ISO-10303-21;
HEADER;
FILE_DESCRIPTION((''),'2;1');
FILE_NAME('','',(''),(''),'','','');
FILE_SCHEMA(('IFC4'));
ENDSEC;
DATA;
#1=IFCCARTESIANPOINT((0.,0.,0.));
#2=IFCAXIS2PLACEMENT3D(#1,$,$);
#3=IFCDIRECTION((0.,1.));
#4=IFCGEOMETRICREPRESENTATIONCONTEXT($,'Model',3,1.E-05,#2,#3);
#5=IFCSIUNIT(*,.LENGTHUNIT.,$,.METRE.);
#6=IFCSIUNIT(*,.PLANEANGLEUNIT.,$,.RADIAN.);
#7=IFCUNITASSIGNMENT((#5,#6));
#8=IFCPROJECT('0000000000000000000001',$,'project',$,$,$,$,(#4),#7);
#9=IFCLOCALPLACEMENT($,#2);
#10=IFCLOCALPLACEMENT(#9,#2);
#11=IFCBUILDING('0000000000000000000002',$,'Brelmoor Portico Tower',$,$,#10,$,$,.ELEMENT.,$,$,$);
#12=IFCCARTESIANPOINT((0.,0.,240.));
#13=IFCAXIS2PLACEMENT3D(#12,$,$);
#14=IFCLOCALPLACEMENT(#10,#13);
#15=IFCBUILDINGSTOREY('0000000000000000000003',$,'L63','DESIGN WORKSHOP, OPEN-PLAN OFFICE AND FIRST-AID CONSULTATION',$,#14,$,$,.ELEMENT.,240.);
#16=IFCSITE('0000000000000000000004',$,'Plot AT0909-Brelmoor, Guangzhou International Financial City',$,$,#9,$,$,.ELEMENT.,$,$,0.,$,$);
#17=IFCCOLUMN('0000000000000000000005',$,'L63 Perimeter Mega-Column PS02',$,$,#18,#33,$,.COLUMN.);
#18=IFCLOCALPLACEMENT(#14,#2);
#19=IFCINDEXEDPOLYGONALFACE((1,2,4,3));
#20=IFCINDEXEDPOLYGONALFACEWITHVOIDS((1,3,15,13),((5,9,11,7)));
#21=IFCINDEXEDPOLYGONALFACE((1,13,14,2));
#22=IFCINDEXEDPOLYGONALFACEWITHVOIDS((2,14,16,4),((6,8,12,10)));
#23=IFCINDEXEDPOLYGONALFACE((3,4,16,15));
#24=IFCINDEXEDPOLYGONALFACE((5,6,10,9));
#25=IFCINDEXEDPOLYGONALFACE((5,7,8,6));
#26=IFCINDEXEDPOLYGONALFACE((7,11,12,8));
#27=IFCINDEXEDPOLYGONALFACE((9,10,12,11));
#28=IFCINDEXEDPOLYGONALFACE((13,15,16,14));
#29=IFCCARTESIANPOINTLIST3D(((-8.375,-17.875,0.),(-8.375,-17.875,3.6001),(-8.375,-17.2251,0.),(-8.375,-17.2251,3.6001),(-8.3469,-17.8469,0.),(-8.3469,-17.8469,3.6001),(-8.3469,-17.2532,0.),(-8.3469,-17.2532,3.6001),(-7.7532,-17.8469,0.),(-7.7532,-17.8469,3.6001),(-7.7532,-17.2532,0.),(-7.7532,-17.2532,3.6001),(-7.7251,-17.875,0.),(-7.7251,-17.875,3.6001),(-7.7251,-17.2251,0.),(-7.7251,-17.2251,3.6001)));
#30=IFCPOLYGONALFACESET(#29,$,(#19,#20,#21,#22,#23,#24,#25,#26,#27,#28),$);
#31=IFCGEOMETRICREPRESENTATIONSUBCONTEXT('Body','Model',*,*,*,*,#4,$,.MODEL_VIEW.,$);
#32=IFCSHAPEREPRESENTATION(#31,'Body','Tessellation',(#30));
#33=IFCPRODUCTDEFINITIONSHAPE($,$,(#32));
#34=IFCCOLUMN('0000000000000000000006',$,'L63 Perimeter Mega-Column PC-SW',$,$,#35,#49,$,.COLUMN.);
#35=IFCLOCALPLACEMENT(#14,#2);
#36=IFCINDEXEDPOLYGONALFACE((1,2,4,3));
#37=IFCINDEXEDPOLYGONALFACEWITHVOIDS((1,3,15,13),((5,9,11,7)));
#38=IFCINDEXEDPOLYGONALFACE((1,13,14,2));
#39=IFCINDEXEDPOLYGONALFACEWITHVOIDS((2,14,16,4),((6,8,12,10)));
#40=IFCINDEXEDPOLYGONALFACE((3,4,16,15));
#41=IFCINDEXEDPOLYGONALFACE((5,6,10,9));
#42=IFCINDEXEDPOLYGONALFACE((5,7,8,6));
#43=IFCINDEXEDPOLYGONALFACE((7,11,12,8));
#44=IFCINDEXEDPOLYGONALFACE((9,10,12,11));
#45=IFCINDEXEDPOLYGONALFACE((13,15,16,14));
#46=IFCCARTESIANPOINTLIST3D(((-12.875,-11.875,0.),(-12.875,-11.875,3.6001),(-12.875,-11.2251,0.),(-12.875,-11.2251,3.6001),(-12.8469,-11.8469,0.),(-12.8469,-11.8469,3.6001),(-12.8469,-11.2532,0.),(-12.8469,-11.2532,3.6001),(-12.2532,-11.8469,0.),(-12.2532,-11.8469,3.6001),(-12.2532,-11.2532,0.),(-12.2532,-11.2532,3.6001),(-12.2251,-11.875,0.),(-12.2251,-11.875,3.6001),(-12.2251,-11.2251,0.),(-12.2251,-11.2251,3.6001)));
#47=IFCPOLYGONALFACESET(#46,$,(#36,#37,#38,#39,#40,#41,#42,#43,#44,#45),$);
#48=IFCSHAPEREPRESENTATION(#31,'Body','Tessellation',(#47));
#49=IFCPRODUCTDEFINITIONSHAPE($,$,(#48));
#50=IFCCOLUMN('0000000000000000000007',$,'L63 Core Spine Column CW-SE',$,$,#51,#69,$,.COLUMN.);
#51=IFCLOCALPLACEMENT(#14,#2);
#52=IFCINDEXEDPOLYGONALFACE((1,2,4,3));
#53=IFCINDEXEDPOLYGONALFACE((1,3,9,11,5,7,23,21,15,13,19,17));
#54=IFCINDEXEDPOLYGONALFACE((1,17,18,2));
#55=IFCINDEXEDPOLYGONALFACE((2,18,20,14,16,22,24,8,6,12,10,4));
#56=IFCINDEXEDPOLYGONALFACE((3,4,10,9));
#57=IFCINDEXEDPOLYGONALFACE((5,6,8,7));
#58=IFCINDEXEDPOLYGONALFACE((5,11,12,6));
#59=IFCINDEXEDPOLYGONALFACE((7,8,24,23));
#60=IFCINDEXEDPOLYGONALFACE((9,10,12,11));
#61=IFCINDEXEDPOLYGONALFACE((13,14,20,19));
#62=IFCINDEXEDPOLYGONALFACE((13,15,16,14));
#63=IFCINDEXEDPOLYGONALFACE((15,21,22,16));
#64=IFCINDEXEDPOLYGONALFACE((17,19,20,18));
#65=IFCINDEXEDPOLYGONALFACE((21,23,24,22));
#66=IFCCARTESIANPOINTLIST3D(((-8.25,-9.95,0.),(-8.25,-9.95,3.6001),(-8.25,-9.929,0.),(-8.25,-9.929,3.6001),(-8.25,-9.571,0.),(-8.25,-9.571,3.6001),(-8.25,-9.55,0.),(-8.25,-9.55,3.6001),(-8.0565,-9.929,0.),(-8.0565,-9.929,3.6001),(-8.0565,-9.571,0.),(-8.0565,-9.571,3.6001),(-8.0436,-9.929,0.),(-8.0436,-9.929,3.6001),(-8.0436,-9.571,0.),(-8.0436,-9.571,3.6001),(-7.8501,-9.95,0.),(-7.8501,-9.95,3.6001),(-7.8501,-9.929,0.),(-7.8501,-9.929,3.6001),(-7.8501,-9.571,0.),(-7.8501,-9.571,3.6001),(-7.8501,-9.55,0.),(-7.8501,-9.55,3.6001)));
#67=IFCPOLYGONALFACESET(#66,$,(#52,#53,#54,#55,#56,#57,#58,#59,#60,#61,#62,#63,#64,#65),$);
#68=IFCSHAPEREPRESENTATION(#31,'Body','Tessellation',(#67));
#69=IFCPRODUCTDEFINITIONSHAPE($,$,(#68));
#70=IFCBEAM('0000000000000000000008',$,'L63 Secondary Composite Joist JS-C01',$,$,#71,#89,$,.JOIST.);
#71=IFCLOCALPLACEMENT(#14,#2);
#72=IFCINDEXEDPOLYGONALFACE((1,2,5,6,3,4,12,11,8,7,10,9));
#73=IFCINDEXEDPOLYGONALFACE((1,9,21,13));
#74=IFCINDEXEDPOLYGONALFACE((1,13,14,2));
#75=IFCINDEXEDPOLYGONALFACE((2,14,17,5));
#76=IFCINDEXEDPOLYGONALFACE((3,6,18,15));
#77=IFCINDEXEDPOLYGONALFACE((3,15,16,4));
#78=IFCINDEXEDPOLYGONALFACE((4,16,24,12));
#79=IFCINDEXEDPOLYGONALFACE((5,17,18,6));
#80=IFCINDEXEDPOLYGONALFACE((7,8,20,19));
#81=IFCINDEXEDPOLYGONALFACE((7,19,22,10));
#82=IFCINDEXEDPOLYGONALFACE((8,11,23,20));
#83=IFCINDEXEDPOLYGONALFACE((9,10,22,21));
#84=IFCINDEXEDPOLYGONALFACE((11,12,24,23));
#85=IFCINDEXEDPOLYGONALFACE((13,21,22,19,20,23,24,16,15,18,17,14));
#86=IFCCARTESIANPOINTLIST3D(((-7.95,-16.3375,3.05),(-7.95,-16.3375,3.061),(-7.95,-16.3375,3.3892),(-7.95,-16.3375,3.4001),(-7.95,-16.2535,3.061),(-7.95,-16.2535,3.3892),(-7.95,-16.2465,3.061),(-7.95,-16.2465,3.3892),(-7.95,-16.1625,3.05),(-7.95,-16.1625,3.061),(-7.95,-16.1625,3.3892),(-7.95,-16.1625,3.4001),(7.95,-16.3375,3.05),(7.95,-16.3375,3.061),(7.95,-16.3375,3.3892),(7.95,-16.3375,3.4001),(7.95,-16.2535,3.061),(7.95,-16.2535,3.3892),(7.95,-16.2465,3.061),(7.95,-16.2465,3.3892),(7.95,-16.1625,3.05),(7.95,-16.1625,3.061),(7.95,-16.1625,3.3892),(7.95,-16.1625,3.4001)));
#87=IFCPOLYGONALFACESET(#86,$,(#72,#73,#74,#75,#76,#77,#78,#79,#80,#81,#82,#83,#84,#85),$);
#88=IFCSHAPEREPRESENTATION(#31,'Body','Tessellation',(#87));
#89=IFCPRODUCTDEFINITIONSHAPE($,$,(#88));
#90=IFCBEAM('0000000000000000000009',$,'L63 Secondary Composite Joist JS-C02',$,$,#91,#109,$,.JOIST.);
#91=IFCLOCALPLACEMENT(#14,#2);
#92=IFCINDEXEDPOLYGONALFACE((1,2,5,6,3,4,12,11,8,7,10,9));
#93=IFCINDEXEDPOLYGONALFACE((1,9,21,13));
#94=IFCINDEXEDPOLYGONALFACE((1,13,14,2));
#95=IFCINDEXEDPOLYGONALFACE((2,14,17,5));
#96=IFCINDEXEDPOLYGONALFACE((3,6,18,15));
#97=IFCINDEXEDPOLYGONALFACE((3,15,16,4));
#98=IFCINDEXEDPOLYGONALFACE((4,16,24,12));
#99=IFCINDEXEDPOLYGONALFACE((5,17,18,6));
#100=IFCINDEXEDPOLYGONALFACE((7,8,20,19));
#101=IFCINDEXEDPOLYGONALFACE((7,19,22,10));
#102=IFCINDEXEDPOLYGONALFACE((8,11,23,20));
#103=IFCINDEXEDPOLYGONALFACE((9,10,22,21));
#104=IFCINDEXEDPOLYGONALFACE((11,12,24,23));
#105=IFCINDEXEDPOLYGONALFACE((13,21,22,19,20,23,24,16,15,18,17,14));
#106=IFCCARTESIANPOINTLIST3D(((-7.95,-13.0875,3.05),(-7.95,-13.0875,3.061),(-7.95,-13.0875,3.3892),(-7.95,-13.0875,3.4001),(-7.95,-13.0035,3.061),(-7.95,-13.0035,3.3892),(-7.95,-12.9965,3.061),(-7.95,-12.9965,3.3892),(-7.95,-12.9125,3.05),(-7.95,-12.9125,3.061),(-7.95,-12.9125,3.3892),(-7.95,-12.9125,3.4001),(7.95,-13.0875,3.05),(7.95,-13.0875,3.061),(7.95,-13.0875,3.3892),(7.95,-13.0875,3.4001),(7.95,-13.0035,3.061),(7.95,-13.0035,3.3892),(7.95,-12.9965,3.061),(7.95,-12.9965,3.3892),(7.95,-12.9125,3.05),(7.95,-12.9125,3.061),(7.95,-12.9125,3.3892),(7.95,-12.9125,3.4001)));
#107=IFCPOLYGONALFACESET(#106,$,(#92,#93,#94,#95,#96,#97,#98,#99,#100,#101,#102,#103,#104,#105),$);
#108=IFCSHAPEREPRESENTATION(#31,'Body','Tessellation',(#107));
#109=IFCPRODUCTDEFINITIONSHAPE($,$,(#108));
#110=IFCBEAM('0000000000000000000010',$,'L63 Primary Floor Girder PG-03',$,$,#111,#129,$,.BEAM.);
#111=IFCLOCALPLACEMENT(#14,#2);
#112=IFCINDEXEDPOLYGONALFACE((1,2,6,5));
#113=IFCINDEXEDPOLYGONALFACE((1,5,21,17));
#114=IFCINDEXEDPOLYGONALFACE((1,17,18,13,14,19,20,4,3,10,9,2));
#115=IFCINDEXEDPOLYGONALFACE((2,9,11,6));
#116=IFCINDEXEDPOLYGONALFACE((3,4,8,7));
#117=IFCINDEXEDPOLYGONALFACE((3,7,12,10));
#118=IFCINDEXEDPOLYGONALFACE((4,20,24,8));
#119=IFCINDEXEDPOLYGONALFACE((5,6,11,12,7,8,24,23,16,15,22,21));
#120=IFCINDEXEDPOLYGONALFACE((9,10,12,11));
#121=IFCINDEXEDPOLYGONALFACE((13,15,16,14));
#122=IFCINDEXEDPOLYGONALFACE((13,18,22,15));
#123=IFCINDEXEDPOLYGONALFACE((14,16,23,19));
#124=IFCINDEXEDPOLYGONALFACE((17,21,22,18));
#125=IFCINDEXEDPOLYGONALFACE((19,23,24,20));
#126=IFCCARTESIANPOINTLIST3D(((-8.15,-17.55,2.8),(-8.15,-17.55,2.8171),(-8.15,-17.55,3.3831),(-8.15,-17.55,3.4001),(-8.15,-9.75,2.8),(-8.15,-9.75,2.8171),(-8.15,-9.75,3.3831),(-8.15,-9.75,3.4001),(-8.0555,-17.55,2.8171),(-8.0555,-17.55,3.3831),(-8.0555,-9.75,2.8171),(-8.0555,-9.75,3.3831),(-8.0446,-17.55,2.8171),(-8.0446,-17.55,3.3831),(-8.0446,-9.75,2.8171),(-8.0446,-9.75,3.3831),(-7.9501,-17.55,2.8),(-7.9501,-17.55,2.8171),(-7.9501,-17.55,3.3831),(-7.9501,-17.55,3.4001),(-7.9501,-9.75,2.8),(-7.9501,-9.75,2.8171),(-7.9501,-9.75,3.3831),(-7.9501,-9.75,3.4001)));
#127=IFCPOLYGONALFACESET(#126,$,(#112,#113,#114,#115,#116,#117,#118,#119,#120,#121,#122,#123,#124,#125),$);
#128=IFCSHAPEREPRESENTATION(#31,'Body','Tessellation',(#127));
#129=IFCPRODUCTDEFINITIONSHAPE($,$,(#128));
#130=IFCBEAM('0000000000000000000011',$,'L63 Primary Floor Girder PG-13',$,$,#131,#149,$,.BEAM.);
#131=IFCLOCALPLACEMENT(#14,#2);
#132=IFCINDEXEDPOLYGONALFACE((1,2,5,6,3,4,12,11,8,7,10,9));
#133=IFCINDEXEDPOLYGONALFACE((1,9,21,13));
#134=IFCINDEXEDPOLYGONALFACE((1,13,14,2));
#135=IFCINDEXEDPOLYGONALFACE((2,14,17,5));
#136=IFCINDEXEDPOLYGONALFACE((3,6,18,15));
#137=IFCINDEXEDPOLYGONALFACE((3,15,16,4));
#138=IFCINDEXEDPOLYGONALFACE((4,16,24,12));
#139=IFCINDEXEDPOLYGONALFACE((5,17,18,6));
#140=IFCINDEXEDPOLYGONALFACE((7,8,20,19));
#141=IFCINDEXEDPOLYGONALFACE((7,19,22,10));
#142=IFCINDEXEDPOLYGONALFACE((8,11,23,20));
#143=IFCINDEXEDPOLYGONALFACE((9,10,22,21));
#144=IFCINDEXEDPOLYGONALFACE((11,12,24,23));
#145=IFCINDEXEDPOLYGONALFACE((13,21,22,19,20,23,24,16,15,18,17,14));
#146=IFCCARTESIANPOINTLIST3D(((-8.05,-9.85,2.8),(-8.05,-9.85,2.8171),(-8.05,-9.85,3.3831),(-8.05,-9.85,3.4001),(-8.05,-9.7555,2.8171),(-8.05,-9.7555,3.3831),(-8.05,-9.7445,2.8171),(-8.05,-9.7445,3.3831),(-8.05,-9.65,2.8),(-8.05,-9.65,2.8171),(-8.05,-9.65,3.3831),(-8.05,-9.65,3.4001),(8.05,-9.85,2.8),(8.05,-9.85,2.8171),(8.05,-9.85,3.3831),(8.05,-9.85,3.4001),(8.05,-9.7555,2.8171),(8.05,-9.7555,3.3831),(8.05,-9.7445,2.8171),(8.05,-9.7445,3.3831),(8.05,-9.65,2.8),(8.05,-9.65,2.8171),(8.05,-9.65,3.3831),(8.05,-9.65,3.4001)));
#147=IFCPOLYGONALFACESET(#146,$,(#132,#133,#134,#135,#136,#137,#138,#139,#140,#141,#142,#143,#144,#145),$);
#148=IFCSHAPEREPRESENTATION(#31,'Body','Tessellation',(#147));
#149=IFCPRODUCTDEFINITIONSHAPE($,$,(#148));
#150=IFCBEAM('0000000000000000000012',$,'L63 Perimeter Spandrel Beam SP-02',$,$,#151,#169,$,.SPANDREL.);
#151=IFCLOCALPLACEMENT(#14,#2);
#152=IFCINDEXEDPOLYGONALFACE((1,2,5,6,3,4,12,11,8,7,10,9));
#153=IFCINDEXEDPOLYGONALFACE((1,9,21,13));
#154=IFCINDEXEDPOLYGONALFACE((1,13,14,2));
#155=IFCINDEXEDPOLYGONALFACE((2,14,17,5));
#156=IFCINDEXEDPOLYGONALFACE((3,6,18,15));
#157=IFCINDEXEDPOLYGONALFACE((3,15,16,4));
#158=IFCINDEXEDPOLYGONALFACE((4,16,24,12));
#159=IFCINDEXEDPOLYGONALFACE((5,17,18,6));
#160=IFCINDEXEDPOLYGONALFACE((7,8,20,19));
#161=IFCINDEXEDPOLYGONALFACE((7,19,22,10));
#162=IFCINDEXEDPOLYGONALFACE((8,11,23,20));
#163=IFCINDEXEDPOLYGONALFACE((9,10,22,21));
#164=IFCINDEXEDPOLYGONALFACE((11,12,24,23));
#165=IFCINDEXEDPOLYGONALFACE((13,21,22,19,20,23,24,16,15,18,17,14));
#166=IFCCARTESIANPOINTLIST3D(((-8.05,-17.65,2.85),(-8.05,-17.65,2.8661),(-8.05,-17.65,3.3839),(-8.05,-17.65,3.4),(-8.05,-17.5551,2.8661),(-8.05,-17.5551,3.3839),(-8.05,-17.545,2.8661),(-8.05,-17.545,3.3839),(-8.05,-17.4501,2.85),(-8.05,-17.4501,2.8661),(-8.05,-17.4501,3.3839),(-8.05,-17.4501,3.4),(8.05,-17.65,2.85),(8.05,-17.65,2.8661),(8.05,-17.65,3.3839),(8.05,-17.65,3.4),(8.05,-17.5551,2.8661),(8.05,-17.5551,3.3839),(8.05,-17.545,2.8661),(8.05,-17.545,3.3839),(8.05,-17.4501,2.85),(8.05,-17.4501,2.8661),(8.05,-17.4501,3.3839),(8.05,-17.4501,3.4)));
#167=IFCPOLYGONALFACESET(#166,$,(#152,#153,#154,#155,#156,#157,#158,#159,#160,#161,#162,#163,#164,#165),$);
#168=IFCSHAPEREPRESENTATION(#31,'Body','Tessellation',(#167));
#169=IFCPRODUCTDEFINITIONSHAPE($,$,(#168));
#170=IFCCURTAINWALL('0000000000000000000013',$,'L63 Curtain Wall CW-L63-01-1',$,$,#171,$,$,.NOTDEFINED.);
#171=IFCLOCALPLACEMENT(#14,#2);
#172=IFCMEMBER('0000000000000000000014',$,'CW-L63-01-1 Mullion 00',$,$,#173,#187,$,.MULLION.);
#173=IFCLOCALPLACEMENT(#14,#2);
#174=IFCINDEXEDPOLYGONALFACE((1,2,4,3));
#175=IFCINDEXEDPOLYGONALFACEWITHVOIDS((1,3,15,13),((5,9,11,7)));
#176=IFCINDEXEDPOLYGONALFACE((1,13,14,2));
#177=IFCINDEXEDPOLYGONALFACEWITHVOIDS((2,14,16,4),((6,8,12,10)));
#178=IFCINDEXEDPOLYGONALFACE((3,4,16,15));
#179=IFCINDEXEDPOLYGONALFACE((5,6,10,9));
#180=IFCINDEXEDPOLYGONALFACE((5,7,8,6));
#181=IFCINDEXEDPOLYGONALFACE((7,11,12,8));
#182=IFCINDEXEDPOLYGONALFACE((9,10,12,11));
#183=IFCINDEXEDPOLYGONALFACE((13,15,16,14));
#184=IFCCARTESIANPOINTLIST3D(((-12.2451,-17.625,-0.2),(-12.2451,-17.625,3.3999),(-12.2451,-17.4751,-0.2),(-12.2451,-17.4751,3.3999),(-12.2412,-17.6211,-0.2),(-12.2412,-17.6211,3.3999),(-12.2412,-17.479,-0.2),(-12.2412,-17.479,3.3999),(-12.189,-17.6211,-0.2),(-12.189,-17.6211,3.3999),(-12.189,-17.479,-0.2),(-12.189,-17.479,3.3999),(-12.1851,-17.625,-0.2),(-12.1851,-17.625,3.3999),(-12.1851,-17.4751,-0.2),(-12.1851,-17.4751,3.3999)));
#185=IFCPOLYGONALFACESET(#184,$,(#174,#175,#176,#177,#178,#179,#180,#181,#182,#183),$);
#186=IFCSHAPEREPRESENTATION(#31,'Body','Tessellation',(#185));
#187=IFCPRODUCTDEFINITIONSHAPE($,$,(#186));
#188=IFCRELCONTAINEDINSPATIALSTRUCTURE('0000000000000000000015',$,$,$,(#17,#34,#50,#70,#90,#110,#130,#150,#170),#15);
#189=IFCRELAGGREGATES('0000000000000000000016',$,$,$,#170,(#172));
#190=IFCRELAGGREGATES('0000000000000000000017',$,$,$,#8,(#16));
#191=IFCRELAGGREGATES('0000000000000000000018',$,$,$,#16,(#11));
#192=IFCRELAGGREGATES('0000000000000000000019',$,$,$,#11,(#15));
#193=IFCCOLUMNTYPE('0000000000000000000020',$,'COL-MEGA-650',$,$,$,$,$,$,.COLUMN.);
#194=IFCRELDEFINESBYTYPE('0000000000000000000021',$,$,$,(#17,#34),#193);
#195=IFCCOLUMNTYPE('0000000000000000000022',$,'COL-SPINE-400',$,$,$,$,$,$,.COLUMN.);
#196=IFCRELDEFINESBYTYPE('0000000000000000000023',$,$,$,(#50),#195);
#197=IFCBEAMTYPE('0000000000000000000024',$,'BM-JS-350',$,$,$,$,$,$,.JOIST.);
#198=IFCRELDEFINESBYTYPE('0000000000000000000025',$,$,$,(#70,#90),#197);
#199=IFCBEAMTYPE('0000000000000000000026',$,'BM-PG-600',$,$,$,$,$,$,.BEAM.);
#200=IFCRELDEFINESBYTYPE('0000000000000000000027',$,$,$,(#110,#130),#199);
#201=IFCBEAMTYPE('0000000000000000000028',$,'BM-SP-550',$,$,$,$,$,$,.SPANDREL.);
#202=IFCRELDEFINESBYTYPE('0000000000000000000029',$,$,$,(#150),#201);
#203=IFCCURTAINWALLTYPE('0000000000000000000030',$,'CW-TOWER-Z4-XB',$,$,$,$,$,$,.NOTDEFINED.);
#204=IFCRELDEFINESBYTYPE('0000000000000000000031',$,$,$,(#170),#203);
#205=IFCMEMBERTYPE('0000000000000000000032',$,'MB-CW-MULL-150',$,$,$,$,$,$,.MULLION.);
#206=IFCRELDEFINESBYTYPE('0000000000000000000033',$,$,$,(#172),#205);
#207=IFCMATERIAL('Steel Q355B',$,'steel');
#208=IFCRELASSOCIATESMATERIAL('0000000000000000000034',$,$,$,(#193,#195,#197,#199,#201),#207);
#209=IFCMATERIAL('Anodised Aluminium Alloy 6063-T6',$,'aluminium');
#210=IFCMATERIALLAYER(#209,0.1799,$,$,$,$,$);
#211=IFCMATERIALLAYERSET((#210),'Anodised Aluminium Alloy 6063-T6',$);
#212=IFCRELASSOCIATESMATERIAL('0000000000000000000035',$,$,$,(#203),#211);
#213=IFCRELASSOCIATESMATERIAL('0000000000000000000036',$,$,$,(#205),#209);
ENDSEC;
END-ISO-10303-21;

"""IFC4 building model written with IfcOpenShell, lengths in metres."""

from ifc_helpers import new_model, si_unit, direction, frame, origin, origin_2d, place, context, subcontext, project, spatial, hollow_rectangle, i_section, extrude, material, layer, layer_set, material_profile, profile_set, type_object, element, aggregate, save


model = new_model("IFC4")

# Units and contexts
model_context = context("Model", 3, precision=1e-05, world=origin(), true_north=direction((0.0, 1.0)))
body_context = subcontext(model_context, "Body", "Model", "MODEL_VIEW")
ifc_project = project(units=[si_unit("LENGTHUNIT", "METRE"), si_unit("PLANEANGLEUNIT", "RADIAN")], contexts=[model_context])

# Site, building, storey
site_placement = place(None, origin())
site = spatial("IfcSite", under=ifc_project, at=site_placement, Name="Plot AT0909-Brelmoor, Guangzhou International Financial City", CompositionType="ELEMENT", RefElevation=0.0)
building_placement = place(site_placement, origin())
building = spatial("IfcBuilding", under=site, at=building_placement, Name="Brelmoor Portico Tower", CompositionType="ELEMENT")
storey_placement = place(building_placement, frame((0.0, 0.0, 240.0)))
storey = spatial("IfcBuildingStorey", under=building, at=storey_placement, Name="L63", Description="DESIGN WORKSHOP, OPEN-PLAN OFFICE AND FIRST-AID CONSULTATION", CompositionType="ELEMENT", Elevation=240.0)

# Columns
ifc_material_1 = material(Name="Steel Q355B", Category="steel")
ifc_material_profile_1 = material_profile(ifc_material_1, hollow_rectangle(XDim=0.6499, YDim=0.6499, WallThickness=0.0281, at=origin_2d()), Name="BOX 650x650x28")
ifc_profile_set_1 = profile_set([ifc_material_profile_1], Name="Steel Q355B")
column_type_1 = type_object("IfcColumnType", Name="COL-MEGA-650", PredefinedType="COLUMN", material=ifc_profile_set_1)
for number, where, z_axis, x_axis, name in (
    (1, (-8.05, -17.55, 0.0), (0.0, 0.0, 1.0), (1.0, 0.0, 0.0), "L63 Perimeter Mega-Column PS02"),
    (2, (-12.55, -11.55, 0.0), (0.0, 0.0, 1.0), (1.0, 0.0, 0.0), "L63 Perimeter Mega-Column PC-SW"),
):
    element("IfcColumn", number, at=place(storey_placement, frame(where, z_axis=z_axis, x_axis=x_axis)), inside=storey, type_object=column_type_1, Name=name, PredefinedType="COLUMN", context=body_context, shape_type="SweptSolid", body=[
        extrude(hollow_rectangle(XDim=0.6499, YDim=0.6499, WallThickness=0.0281, at=origin_2d()), origin(), (0.0, 0.0, 1.0), 3.6001),
    ])
ifc_material_profile_2 = material_profile(ifc_material_1, i_section(OverallWidth=0.3999, OverallDepth=0.3999, WebThickness=0.0129, FlangeThickness=0.021, at=origin_2d()), Name="HW 400x400x13x21")
ifc_profile_set_2 = profile_set([ifc_material_profile_2], Name="Steel Q355B")
column_type_2 = type_object("IfcColumnType", Name="COL-SPINE-400", PredefinedType="COLUMN", material=ifc_profile_set_2)
column_placement = place(storey_placement, frame((-8.05, -9.75, 0.0), z_axis=(0.0, 0.0, 1.0), x_axis=(1.0, 0.0, 0.0)))
element("IfcColumn", 3, at=column_placement, inside=storey, type_object=column_type_2, Name="L63 Core Spine Column CW-SE", PredefinedType="COLUMN", context=body_context, shape_type="SweptSolid", body=[
    extrude(i_section(OverallWidth=0.3999, OverallDepth=0.3999, WebThickness=0.0129, FlangeThickness=0.021, at=origin_2d()), origin(), (0.0, 0.0, 1.0), 3.6001),
])

# Beams
ifc_material_profile_3 = material_profile(ifc_material_1, i_section(OverallWidth=0.175, OverallDepth=0.3501, WebThickness=0.0071, FlangeThickness=0.011, at=origin_2d()), Name="HN 350x175x7x11")
ifc_profile_set_3 = profile_set([ifc_material_profile_3], Name="Steel Q355B")
beam_type_1 = type_object("IfcBeamType", Name="BM-JS-350", PredefinedType="JOIST", material=ifc_profile_set_3)
for number, where, z_axis, x_axis, name in (
    (4, (-7.95, -16.25, 3.2251), (1.0, 0.0, 0.0), (0.0, 1.0, 0.0), "L63 Secondary Composite Joist JS-C01"),
    (5, (-7.95, -13.0, 3.2251), (1.0, 0.0, 0.0), (0.0, 1.0, 0.0), "L63 Secondary Composite Joist JS-C02"),
):
    element("IfcBeam", number, at=place(storey_placement, frame(where, z_axis=z_axis, x_axis=x_axis)), inside=storey, type_object=beam_type_1, Name=name, PredefinedType="JOIST", context=body_context, shape_type="SweptSolid", body=[
        extrude(i_section(OverallWidth=0.175, OverallDepth=0.3501, WebThickness=0.0071, FlangeThickness=0.011, at=origin_2d()), origin(), (0.0, 0.0, 1.0), 15.8999),
    ])
ifc_material_profile_4 = material_profile(ifc_material_1, i_section(OverallWidth=0.2, OverallDepth=0.6001, WebThickness=0.011, FlangeThickness=0.0171, at=origin_2d()), Name="HN 600x200x11x17")
ifc_profile_set_4 = profile_set([ifc_material_profile_4], Name="Steel Q355B")
beam_type_2 = type_object("IfcBeamType", Name="BM-PG-600", PredefinedType="BEAM", material=ifc_profile_set_4)
beam_1_placement = place(storey_placement, frame((-8.05, -17.55, 3.1001), z_axis=(0.0, 1.0, 0.0), x_axis=(-1.0, 0.0, 0.0)))
element("IfcBeam", 6, at=beam_1_placement, inside=storey, type_object=beam_type_2, Name="L63 Primary Floor Girder PG-03", PredefinedType="BEAM", context=body_context, shape_type="SweptSolid", body=[
    extrude(i_section(OverallWidth=0.2, OverallDepth=0.6001, WebThickness=0.011, FlangeThickness=0.0171, at=origin_2d()), origin(), (0.0, 0.0, 1.0), 7.8),
])
beam_2_placement = place(storey_placement, frame((-8.05, -9.75, 3.1001), z_axis=(1.0, 0.0, 0.0), x_axis=(0.0, 1.0, 0.0)))
element("IfcBeam", 7, at=beam_2_placement, inside=storey, type_object=beam_type_2, Name="L63 Primary Floor Girder PG-13", PredefinedType="BEAM", context=body_context, shape_type="SweptSolid", body=[
    extrude(i_section(OverallWidth=0.2, OverallDepth=0.6001, WebThickness=0.011, FlangeThickness=0.0171, at=origin_2d()), origin(), (0.0, 0.0, 1.0), 16.1001),
])
ifc_material_profile_5 = material_profile(ifc_material_1, i_section(OverallWidth=0.2, OverallDepth=0.55, WebThickness=0.01, FlangeThickness=0.0161, at=origin_2d()), Name="HN 550x200x10x16")
ifc_profile_set_5 = profile_set([ifc_material_profile_5], Name="Steel Q355B")
beam_type_3 = type_object("IfcBeamType", Name="BM-SP-550", PredefinedType="SPANDREL", material=ifc_profile_set_5)
beam_3_placement = place(storey_placement, frame((-8.05, -17.55, 3.125), z_axis=(1.0, 0.0, 0.0), x_axis=(0.0, 1.0, 0.0)))
element("IfcBeam", 8, at=beam_3_placement, inside=storey, type_object=beam_type_3, Name="L63 Perimeter Spandrel Beam SP-02", PredefinedType="SPANDREL", context=body_context, shape_type="SweptSolid", body=[
    extrude(i_section(OverallWidth=0.2, OverallDepth=0.55, WebThickness=0.01, FlangeThickness=0.0161, at=origin_2d()), origin(), (0.0, 0.0, 1.0), 16.1001),
])

# Curtain wall, member
ifc_material_2 = material(Name="Anodised Aluminium Alloy 6063-T6", Category="aluminium")
ifc_layer_1 = layer(ifc_material_2, 0.1799)
ifc_layer_set_1 = layer_set([ifc_layer_1], Name="Anodised Aluminium Alloy 6063-T6")
curtain_wall_type = type_object("IfcCurtainWallType", Name="CW-TOWER-Z4-XB", PredefinedType="NOTDEFINED", material=ifc_layer_set_1)
curtain_wall_1_placement = place(storey_placement, origin())
curtain_wall_1 = element("IfcCurtainWall", 9, at=curtain_wall_1_placement, inside=storey, type_object=curtain_wall_type, Name="L63 Curtain Wall CW-L63-01-1", PredefinedType="NOTDEFINED")
ifc_material_profile_6 = material_profile(ifc_material_2, hollow_rectangle(XDim=0.0601, YDim=0.1499, WallThickness=0.0039, at=origin_2d()), Name="ALU MULLION 60x150")
ifc_profile_set_6 = profile_set([ifc_material_profile_6], Name="Anodised Aluminium Alloy 6063-T6")
member_type_1 = type_object("IfcMemberType", Name="MB-CW-MULL-150", PredefinedType="MULLION", material=ifc_profile_set_6)
member_1_placement = place(storey_placement, frame((-12.2151, -17.55, -0.2), z_axis=(0.0, 0.0, 1.0), x_axis=(1.0, 0.0, 0.0)))
member_1 = element("IfcMember", 10, at=member_1_placement, type_object=member_type_1, Name="CW-L63-01-1 Mullion 00", PredefinedType="MULLION", context=body_context, shape_type="SweptSolid", body=[
    extrude(hollow_rectangle(XDim=0.0601, YDim=0.1499, WallThickness=0.0039, at=origin_2d()), origin(), (0.0, 0.0, 1.0), 3.5999),
])

aggregate(curtain_wall_1, [member_1])

save(model, "model.ifc")
